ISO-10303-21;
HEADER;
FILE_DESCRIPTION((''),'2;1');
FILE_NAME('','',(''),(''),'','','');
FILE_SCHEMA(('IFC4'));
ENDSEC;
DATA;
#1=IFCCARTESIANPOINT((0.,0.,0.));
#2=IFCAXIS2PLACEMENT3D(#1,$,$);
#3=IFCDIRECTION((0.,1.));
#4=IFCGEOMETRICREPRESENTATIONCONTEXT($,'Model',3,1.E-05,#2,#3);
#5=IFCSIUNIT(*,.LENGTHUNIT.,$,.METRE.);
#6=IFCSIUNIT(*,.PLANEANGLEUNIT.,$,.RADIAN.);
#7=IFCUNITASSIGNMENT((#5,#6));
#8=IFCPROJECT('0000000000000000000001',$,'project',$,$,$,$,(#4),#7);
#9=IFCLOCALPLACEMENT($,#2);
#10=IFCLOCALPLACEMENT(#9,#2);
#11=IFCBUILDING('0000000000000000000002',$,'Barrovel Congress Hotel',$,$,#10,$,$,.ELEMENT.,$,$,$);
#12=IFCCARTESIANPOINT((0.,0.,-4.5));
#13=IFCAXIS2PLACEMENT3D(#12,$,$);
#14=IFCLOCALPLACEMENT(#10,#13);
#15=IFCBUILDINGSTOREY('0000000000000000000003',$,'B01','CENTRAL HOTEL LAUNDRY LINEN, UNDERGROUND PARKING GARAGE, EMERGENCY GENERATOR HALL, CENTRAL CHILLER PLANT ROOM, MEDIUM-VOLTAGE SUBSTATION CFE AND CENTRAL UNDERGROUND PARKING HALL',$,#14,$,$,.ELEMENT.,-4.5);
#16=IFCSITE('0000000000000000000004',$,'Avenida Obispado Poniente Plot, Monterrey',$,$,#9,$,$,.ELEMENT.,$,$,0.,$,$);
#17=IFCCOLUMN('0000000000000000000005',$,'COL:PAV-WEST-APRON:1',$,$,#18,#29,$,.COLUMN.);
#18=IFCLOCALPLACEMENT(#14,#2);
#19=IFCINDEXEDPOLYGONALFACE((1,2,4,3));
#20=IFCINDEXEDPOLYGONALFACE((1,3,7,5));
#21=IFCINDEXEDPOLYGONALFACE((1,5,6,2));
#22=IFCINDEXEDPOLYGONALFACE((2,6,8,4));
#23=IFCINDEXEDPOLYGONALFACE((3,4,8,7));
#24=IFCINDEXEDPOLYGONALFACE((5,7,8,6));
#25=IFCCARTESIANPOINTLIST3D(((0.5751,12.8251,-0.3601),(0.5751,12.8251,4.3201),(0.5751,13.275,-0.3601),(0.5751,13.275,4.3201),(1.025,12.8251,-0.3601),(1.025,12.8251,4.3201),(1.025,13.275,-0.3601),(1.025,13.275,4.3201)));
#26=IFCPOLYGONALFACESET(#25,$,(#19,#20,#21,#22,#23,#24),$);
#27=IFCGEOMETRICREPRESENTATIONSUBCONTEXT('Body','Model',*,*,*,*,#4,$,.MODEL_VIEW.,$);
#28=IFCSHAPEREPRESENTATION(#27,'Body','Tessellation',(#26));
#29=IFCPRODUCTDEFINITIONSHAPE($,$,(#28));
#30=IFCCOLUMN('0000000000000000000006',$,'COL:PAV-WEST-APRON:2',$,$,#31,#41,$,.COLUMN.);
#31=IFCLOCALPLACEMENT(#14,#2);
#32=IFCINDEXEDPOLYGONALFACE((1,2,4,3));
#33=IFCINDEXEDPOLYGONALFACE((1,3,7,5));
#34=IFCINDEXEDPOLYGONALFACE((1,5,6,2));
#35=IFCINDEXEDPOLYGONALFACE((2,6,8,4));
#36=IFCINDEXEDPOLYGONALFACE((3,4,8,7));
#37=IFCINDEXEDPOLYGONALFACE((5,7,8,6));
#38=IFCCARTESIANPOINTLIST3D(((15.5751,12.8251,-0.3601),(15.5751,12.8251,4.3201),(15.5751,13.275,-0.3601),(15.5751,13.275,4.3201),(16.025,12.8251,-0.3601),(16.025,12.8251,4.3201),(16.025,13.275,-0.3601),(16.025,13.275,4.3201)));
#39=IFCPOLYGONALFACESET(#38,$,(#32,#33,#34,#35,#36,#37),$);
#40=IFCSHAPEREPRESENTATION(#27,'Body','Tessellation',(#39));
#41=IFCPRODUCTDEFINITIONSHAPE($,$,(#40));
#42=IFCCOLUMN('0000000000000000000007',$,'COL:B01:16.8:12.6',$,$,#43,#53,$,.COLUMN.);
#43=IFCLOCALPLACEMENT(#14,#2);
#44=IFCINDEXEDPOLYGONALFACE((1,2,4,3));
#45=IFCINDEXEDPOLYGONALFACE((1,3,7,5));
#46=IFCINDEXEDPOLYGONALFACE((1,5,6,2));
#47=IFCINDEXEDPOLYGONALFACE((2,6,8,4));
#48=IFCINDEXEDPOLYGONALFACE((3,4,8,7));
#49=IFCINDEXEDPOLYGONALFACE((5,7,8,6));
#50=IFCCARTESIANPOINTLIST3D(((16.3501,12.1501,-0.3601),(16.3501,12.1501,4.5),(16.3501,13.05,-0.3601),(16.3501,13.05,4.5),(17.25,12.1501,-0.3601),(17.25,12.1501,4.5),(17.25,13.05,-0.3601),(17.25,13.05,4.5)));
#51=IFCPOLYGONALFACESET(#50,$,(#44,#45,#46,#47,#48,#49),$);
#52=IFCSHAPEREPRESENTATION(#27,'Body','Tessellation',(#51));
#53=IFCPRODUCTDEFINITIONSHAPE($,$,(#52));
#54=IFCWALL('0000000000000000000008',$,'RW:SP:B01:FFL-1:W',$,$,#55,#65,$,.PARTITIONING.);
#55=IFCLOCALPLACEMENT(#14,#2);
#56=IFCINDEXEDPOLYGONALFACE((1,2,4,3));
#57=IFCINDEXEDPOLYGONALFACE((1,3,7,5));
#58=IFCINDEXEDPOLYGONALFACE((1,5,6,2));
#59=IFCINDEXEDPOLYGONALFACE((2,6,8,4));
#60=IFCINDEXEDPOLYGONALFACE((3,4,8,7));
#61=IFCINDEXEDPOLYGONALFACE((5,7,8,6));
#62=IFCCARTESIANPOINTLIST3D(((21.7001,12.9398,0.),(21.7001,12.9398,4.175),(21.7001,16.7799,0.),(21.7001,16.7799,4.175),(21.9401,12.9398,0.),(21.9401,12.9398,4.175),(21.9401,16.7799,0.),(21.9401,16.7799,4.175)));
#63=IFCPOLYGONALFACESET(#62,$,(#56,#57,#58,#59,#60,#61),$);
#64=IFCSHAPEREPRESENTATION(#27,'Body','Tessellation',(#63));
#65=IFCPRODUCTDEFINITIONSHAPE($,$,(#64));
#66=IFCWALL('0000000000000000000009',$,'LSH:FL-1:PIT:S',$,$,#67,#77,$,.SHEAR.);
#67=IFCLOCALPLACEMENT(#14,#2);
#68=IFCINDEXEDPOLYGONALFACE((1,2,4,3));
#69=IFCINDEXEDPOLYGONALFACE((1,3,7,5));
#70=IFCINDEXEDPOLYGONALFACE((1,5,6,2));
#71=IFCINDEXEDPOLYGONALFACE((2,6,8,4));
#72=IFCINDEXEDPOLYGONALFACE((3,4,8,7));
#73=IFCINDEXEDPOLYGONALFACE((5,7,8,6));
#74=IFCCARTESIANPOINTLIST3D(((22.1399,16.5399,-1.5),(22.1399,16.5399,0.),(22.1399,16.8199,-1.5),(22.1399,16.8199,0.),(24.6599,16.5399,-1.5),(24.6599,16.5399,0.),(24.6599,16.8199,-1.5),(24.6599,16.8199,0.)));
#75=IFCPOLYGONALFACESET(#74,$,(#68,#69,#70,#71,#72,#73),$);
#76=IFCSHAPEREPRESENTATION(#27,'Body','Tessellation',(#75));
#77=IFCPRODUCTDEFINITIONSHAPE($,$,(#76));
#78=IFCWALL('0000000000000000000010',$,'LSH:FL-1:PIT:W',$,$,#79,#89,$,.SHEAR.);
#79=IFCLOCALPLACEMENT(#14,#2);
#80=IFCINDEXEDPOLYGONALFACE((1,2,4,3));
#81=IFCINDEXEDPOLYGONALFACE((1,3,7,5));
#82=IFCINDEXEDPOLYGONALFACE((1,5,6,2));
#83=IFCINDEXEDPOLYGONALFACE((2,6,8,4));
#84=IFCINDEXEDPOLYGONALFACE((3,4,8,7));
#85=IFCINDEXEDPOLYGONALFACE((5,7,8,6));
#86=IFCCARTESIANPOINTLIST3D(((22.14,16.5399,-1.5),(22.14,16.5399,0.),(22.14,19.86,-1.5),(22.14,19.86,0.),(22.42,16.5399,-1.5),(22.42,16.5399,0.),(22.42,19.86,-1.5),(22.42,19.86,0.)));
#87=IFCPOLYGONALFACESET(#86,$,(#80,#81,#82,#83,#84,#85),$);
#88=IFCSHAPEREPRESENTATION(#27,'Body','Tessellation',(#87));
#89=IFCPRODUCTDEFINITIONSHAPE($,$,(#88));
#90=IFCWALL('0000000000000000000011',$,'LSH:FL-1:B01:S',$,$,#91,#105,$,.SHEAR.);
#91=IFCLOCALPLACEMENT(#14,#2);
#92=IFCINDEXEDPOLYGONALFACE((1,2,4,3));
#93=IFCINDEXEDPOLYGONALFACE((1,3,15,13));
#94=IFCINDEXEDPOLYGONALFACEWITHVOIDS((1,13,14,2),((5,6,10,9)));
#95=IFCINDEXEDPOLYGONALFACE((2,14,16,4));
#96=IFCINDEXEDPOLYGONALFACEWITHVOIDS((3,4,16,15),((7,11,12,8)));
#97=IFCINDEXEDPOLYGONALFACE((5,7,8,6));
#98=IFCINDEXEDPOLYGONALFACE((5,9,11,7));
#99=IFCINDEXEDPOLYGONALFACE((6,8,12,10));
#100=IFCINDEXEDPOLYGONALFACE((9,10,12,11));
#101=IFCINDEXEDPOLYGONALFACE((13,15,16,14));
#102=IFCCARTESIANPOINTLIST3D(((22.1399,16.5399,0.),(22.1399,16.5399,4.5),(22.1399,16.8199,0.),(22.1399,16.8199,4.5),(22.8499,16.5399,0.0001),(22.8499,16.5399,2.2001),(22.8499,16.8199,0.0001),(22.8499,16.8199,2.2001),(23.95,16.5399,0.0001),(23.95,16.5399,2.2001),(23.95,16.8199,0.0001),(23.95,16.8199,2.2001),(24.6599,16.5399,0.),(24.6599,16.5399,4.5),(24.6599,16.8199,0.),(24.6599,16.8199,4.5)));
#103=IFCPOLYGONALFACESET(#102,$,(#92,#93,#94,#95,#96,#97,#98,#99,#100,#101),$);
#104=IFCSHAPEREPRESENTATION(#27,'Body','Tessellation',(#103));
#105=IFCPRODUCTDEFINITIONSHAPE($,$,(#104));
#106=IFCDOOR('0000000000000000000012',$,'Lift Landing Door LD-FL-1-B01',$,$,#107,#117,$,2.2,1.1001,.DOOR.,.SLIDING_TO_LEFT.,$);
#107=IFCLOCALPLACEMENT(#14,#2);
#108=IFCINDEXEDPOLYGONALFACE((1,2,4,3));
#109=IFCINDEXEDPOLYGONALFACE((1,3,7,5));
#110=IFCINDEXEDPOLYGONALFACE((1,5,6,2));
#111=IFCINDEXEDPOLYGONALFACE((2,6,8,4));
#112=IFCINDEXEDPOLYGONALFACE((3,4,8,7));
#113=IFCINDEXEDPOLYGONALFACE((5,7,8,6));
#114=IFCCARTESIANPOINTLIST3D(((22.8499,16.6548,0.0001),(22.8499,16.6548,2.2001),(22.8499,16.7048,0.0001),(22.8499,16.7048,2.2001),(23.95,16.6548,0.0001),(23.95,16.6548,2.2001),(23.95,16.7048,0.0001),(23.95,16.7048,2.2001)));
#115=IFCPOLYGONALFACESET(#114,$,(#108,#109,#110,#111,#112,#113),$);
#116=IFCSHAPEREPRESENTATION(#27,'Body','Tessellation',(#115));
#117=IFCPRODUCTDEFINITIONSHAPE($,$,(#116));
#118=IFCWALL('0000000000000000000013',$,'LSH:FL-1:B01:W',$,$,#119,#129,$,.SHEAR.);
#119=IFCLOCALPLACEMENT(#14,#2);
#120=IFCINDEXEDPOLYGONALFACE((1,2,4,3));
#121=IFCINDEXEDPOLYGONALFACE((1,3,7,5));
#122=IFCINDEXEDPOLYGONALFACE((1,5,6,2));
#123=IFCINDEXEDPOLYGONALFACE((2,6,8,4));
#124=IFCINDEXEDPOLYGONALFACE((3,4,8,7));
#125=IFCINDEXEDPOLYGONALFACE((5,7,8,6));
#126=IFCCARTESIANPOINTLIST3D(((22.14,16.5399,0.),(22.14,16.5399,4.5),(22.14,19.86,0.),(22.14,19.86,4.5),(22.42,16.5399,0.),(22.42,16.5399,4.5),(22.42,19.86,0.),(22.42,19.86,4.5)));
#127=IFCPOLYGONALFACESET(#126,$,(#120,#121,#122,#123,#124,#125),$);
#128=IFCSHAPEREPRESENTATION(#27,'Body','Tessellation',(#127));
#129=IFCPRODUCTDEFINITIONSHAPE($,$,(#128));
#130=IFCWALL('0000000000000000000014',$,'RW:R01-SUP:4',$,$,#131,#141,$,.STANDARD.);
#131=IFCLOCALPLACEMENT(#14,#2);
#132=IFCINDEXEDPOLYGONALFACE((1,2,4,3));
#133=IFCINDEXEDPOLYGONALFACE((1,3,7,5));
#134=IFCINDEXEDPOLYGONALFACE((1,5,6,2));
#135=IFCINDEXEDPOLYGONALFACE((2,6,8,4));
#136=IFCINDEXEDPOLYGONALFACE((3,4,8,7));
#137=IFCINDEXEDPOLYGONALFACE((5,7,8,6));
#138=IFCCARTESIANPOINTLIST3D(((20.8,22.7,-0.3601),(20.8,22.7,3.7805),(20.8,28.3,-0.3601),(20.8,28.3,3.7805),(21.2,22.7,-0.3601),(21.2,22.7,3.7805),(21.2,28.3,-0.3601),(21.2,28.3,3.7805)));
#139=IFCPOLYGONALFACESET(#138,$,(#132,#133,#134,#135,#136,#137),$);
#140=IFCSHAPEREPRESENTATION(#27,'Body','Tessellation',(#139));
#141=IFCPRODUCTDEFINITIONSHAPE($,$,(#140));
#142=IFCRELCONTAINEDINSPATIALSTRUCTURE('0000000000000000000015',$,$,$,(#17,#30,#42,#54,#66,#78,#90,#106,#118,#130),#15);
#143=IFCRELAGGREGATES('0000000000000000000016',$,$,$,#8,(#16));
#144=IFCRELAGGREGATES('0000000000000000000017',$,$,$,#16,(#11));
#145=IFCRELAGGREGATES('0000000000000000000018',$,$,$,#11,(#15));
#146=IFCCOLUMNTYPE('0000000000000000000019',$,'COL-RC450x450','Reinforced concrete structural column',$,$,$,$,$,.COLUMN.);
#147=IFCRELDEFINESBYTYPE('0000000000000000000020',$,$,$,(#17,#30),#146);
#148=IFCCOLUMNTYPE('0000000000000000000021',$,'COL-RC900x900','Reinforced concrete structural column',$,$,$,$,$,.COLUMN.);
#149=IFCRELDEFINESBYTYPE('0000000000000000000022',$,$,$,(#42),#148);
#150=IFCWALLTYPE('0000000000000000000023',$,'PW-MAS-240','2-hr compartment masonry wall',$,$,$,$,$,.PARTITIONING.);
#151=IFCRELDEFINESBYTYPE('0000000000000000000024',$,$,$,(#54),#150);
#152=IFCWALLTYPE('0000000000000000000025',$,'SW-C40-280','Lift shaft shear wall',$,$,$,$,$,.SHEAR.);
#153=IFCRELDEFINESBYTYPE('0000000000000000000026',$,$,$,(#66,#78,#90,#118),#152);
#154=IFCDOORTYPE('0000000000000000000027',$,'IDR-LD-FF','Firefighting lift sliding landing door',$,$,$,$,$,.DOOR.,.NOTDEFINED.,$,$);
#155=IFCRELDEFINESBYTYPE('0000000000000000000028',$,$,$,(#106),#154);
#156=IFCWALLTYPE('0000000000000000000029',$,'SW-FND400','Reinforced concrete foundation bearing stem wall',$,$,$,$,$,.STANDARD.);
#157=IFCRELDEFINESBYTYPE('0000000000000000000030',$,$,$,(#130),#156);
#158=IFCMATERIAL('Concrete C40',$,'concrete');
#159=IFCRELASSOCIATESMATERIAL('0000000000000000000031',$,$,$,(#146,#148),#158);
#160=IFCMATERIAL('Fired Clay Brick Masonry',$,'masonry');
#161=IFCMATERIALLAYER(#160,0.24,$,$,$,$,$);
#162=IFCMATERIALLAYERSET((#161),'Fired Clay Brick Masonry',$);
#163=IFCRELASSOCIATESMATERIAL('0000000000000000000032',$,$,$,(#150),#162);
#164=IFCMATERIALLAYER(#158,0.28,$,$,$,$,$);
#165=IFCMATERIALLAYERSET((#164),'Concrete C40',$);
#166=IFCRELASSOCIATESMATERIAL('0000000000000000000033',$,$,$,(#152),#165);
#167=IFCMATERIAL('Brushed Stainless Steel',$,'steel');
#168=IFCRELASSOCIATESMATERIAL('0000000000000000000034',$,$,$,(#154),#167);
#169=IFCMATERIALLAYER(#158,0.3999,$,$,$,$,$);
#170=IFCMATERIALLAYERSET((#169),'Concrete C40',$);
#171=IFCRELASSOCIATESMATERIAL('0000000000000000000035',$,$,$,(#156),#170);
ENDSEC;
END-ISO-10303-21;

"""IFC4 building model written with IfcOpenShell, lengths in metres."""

from ifc_helpers import new_model, si_unit, direction, frame, frame_2d, origin, origin_2d, place, context, subcontext, project, spatial, rectangle, extrude, material, layer, layer_set, material_profile, profile_set, type_object, element, fill, save


model = new_model("IFC4")

# Units and contexts
model_context = context("Model", 3, precision=1e-05, world=origin(), true_north=direction((0.0, 1.0)))
body_context = subcontext(model_context, "Body", "Model", "MODEL_VIEW")
ifc_project = project(units=[si_unit("LENGTHUNIT", "METRE"), si_unit("PLANEANGLEUNIT", "RADIAN")], contexts=[model_context])

# Site, building, storey
site_placement = place(None, origin())
site = spatial("IfcSite", under=ifc_project, at=site_placement, Name="Avenida Obispado Poniente Plot, Monterrey", CompositionType="ELEMENT", RefElevation=0.0)
building_placement = place(site_placement, origin())
building = spatial("IfcBuilding", under=site, at=building_placement, Name="Barrovel Congress Hotel", CompositionType="ELEMENT")
storey_placement = place(building_placement, frame((0.0, 0.0, -4.5)))
storey = spatial("IfcBuildingStorey", under=building, at=storey_placement, Name="B01", Description="CENTRAL HOTEL LAUNDRY LINEN, UNDERGROUND PARKING GARAGE, EMERGENCY GENERATOR HALL, CENTRAL CHILLER PLANT ROOM, MEDIUM-VOLTAGE SUBSTATION CFE AND CENTRAL UNDERGROUND PARKING HALL", CompositionType="ELEMENT", Elevation=-4.5)

# Shared definitions
ifc_material_1 = material(Name="Concrete C40", Category="concrete")

# Columns
ifc_material_profile_1 = material_profile(ifc_material_1, rectangle(XDim=0.45, YDim=0.45, at=origin_2d()), Name="RC450x450")
ifc_profile_set_1 = profile_set([ifc_material_profile_1], Name="Concrete C40")
column_type_1 = type_object("IfcColumnType", Name="COL-RC450x450", Description="Reinforced concrete structural column", PredefinedType="COLUMN", material=ifc_profile_set_1)
for number, where, z_axis, x_axis, name in (
    (1, (0.8, 13.05, -0.3601), (0.0, 0.0, 1.0), (1.0, 0.0, 0.0), "COL:PAV-WEST-APRON:1"),
    (2, (15.8, 13.05, -0.3601), (0.0, 0.0, 1.0), (1.0, 0.0, 0.0), "COL:PAV-WEST-APRON:2"),
):
    element("IfcColumn", number, at=place(storey_placement, frame(where, z_axis=z_axis, x_axis=x_axis)), inside=storey, type_object=column_type_1, Name=name, PredefinedType="COLUMN", context=body_context, shape_type="SweptSolid", body=[
        extrude(rectangle(XDim=0.45, YDim=0.45, at=origin_2d()), origin(), (0.0, 0.0, 1.0), 4.6802),
    ])
ifc_material_profile_2 = material_profile(ifc_material_1, rectangle(XDim=0.8999, YDim=0.8999, at=origin_2d()), Name="RC900x900")
ifc_profile_set_2 = profile_set([ifc_material_profile_2], Name="Concrete C40")
column_type_2 = type_object("IfcColumnType", Name="COL-RC900x900", Description="Reinforced concrete structural column", PredefinedType="COLUMN", material=ifc_profile_set_2)
column_1_placement = place(storey_placement, frame((16.8, 12.6001, -0.3601), z_axis=(0.0, 0.0, 1.0), x_axis=(1.0, 0.0, 0.0)))
element("IfcColumn", 3, at=column_1_placement, inside=storey, type_object=column_type_2, Name="COL:B01:16.8:12.6", PredefinedType="COLUMN", context=body_context, shape_type="SweptSolid", body=[
    extrude(rectangle(XDim=0.8999, YDim=0.8999, at=origin_2d()), origin(), (0.0, 0.0, 1.0), 4.8601),
])

# Shared definitions
ifc_material_2 = material(Name="Fired Clay Brick Masonry", Category="masonry")
ifc_layer_1 = layer(ifc_material_2, 0.24)
ifc_layer_set_1 = layer_set([ifc_layer_1], Name="Fired Clay Brick Masonry")
wall_type_1 = type_object("IfcWallType", Name="PW-MAS-240", Description="2-hr compartment masonry wall", PredefinedType="PARTITIONING", material=ifc_layer_set_1)

# Walls
wall_1_placement = place(storey_placement, frame((21.8201, 12.9399, 0.0), z_axis=(0.0, 0.0, 1.0), x_axis=(0.0, 1.0, 0.0)))
element("IfcWall", 4, at=wall_1_placement, inside=storey, type_object=wall_type_1, Name="RW:SP:B01:FFL-1:W", PredefinedType="PARTITIONING", context=body_context, shape_type="SweptSolid", body=[
    extrude(rectangle(XDim=3.8401, YDim=0.24, at=frame_2d((1.9199, 0.0))), origin(), (0.0, 0.0, 1.0), 4.175),
])
ifc_layer_2 = layer(ifc_material_1, 0.28)
ifc_layer_set_2 = layer_set([ifc_layer_2], Name="Concrete C40")
wall_type_2 = type_object("IfcWallType", Name="SW-C40-280", Description="Lift shaft shear wall", PredefinedType="SHEAR", material=ifc_layer_set_2)
wall_2_placement = place(storey_placement, frame((22.1399, 16.6799, -1.5), z_axis=(0.0, 0.0, 1.0), x_axis=(1.0, 0.0, 0.0)))
element("IfcWall", 5, at=wall_2_placement, inside=storey, type_object=wall_type_2, Name="LSH:FL-1:PIT:S", PredefinedType="SHEAR", context=body_context, shape_type="SweptSolid", body=[
    extrude(rectangle(XDim=2.52, YDim=0.28, at=frame_2d((1.26, 0.0))), origin(), (0.0, 0.0, 1.0), 1.5),
])
wall_3_placement = place(storey_placement, frame((22.28, 19.8601, -1.5), z_axis=(0.0, 0.0, 1.0), x_axis=(0.0, -1.0, 0.0)))
element("IfcWall", 6, at=wall_3_placement, inside=storey, type_object=wall_type_2, Name="LSH:FL-1:PIT:W", PredefinedType="SHEAR", context=body_context, shape_type="SweptSolid", body=[
    extrude(rectangle(XDim=3.3201, YDim=0.28, at=frame_2d((1.6602, 0.0))), origin(), (0.0, 0.0, 1.0), 1.5),
])

# Wall, opening, door
wall_4_placement = place(storey_placement, frame((22.1399, 16.6799, 0.0), z_axis=(0.0, 0.0, 1.0), x_axis=(1.0, 0.0, 0.0)))
wall_4 = element("IfcWall", 7, at=wall_4_placement, inside=storey, type_object=wall_type_2, Name="LSH:FL-1:B01:S", PredefinedType="SHEAR", context=body_context, shape_type="SweptSolid", body=[
    extrude(rectangle(XDim=2.52, YDim=0.28, at=frame_2d((1.26, 0.0))), origin(), (0.0, 0.0, 1.0), 4.5),
])
opening_1_placement = place(wall_4_placement, frame((0.71, 0.0, 0.0)))
opening_1 = element("IfcOpeningElement", 8, at=opening_1_placement, cuts=wall_4, PredefinedType="OPENING", context=body_context, shape_type="SweptSolid", body=[
    extrude(rectangle(XDim=1.1001, YDim=2.2, at=frame_2d((0.55, 1.1001))), frame((0.0, 0.1499, 0.0), z_axis=(0.0, -1.0, 0.0), x_axis=(1.0, 0.0, 0.0)), (0.0, 0.0, 1.0), 0.3),
])
ifc_material_3 = material(Name="Brushed Stainless Steel", Category="steel")
door_type_1 = type_object("IfcDoorType", Name="IDR-LD-FF", Description="Firefighting lift sliding landing door", OperationType="NOTDEFINED", PredefinedType="DOOR", material=ifc_material_3)
door_1_placement = place(opening_1_placement, origin())
door_1 = element("IfcDoor", 9, at=door_1_placement, inside=storey, type_object=door_type_1, Name="Lift Landing Door LD-FL-1-B01", OperationType="SLIDING_TO_LEFT", OverallHeight=2.2, OverallWidth=1.1001, PredefinedType="DOOR", context=body_context, shape_type="SweptSolid", body=[
    extrude(rectangle(XDim=1.1001, YDim=2.2, at=frame_2d((0.55, 1.1001))), frame((0.0, 0.0249, 0.0), z_axis=(0.0, -1.0, 0.0), x_axis=(1.0, 0.0, 0.0)), (0.0, 0.0, 1.0), 0.05),
])
fill(opening_1, door_1)

# Walls
wall_5_placement = place(storey_placement, frame((22.28, 19.8601, 0.0), z_axis=(0.0, 0.0, 1.0), x_axis=(0.0, -1.0, 0.0)))
element("IfcWall", 10, at=wall_5_placement, inside=storey, type_object=wall_type_2, Name="LSH:FL-1:B01:W", PredefinedType="SHEAR", context=body_context, shape_type="SweptSolid", body=[
    extrude(rectangle(XDim=3.3201, YDim=0.28, at=frame_2d((1.6602, 0.0))), origin(), (0.0, 0.0, 1.0), 4.5),
])
ifc_layer_3 = layer(ifc_material_1, 0.3999)
ifc_layer_set_3 = layer_set([ifc_layer_3], Name="Concrete C40")
wall_type_3 = type_object("IfcWallType", Name="SW-FND400", Description="Reinforced concrete foundation bearing stem wall", PredefinedType="STANDARD", material=ifc_layer_set_3)
wall_6_placement = place(storey_placement, frame((21.0, 22.7, -0.3601), z_axis=(0.0, 0.0, 1.0), x_axis=(0.0, 1.0, 0.0)))
element("IfcWall", 11, at=wall_6_placement, inside=storey, type_object=wall_type_3, Name="RW:R01-SUP:4", PredefinedType="STANDARD", context=body_context, shape_type="SweptSolid", body=[
    extrude(rectangle(XDim=5.6001, YDim=0.3999, at=frame_2d((2.8, 0.0))), origin(), (0.0, 0.0, 1.0), 4.1406),
])

save(model, "model.ifc")
